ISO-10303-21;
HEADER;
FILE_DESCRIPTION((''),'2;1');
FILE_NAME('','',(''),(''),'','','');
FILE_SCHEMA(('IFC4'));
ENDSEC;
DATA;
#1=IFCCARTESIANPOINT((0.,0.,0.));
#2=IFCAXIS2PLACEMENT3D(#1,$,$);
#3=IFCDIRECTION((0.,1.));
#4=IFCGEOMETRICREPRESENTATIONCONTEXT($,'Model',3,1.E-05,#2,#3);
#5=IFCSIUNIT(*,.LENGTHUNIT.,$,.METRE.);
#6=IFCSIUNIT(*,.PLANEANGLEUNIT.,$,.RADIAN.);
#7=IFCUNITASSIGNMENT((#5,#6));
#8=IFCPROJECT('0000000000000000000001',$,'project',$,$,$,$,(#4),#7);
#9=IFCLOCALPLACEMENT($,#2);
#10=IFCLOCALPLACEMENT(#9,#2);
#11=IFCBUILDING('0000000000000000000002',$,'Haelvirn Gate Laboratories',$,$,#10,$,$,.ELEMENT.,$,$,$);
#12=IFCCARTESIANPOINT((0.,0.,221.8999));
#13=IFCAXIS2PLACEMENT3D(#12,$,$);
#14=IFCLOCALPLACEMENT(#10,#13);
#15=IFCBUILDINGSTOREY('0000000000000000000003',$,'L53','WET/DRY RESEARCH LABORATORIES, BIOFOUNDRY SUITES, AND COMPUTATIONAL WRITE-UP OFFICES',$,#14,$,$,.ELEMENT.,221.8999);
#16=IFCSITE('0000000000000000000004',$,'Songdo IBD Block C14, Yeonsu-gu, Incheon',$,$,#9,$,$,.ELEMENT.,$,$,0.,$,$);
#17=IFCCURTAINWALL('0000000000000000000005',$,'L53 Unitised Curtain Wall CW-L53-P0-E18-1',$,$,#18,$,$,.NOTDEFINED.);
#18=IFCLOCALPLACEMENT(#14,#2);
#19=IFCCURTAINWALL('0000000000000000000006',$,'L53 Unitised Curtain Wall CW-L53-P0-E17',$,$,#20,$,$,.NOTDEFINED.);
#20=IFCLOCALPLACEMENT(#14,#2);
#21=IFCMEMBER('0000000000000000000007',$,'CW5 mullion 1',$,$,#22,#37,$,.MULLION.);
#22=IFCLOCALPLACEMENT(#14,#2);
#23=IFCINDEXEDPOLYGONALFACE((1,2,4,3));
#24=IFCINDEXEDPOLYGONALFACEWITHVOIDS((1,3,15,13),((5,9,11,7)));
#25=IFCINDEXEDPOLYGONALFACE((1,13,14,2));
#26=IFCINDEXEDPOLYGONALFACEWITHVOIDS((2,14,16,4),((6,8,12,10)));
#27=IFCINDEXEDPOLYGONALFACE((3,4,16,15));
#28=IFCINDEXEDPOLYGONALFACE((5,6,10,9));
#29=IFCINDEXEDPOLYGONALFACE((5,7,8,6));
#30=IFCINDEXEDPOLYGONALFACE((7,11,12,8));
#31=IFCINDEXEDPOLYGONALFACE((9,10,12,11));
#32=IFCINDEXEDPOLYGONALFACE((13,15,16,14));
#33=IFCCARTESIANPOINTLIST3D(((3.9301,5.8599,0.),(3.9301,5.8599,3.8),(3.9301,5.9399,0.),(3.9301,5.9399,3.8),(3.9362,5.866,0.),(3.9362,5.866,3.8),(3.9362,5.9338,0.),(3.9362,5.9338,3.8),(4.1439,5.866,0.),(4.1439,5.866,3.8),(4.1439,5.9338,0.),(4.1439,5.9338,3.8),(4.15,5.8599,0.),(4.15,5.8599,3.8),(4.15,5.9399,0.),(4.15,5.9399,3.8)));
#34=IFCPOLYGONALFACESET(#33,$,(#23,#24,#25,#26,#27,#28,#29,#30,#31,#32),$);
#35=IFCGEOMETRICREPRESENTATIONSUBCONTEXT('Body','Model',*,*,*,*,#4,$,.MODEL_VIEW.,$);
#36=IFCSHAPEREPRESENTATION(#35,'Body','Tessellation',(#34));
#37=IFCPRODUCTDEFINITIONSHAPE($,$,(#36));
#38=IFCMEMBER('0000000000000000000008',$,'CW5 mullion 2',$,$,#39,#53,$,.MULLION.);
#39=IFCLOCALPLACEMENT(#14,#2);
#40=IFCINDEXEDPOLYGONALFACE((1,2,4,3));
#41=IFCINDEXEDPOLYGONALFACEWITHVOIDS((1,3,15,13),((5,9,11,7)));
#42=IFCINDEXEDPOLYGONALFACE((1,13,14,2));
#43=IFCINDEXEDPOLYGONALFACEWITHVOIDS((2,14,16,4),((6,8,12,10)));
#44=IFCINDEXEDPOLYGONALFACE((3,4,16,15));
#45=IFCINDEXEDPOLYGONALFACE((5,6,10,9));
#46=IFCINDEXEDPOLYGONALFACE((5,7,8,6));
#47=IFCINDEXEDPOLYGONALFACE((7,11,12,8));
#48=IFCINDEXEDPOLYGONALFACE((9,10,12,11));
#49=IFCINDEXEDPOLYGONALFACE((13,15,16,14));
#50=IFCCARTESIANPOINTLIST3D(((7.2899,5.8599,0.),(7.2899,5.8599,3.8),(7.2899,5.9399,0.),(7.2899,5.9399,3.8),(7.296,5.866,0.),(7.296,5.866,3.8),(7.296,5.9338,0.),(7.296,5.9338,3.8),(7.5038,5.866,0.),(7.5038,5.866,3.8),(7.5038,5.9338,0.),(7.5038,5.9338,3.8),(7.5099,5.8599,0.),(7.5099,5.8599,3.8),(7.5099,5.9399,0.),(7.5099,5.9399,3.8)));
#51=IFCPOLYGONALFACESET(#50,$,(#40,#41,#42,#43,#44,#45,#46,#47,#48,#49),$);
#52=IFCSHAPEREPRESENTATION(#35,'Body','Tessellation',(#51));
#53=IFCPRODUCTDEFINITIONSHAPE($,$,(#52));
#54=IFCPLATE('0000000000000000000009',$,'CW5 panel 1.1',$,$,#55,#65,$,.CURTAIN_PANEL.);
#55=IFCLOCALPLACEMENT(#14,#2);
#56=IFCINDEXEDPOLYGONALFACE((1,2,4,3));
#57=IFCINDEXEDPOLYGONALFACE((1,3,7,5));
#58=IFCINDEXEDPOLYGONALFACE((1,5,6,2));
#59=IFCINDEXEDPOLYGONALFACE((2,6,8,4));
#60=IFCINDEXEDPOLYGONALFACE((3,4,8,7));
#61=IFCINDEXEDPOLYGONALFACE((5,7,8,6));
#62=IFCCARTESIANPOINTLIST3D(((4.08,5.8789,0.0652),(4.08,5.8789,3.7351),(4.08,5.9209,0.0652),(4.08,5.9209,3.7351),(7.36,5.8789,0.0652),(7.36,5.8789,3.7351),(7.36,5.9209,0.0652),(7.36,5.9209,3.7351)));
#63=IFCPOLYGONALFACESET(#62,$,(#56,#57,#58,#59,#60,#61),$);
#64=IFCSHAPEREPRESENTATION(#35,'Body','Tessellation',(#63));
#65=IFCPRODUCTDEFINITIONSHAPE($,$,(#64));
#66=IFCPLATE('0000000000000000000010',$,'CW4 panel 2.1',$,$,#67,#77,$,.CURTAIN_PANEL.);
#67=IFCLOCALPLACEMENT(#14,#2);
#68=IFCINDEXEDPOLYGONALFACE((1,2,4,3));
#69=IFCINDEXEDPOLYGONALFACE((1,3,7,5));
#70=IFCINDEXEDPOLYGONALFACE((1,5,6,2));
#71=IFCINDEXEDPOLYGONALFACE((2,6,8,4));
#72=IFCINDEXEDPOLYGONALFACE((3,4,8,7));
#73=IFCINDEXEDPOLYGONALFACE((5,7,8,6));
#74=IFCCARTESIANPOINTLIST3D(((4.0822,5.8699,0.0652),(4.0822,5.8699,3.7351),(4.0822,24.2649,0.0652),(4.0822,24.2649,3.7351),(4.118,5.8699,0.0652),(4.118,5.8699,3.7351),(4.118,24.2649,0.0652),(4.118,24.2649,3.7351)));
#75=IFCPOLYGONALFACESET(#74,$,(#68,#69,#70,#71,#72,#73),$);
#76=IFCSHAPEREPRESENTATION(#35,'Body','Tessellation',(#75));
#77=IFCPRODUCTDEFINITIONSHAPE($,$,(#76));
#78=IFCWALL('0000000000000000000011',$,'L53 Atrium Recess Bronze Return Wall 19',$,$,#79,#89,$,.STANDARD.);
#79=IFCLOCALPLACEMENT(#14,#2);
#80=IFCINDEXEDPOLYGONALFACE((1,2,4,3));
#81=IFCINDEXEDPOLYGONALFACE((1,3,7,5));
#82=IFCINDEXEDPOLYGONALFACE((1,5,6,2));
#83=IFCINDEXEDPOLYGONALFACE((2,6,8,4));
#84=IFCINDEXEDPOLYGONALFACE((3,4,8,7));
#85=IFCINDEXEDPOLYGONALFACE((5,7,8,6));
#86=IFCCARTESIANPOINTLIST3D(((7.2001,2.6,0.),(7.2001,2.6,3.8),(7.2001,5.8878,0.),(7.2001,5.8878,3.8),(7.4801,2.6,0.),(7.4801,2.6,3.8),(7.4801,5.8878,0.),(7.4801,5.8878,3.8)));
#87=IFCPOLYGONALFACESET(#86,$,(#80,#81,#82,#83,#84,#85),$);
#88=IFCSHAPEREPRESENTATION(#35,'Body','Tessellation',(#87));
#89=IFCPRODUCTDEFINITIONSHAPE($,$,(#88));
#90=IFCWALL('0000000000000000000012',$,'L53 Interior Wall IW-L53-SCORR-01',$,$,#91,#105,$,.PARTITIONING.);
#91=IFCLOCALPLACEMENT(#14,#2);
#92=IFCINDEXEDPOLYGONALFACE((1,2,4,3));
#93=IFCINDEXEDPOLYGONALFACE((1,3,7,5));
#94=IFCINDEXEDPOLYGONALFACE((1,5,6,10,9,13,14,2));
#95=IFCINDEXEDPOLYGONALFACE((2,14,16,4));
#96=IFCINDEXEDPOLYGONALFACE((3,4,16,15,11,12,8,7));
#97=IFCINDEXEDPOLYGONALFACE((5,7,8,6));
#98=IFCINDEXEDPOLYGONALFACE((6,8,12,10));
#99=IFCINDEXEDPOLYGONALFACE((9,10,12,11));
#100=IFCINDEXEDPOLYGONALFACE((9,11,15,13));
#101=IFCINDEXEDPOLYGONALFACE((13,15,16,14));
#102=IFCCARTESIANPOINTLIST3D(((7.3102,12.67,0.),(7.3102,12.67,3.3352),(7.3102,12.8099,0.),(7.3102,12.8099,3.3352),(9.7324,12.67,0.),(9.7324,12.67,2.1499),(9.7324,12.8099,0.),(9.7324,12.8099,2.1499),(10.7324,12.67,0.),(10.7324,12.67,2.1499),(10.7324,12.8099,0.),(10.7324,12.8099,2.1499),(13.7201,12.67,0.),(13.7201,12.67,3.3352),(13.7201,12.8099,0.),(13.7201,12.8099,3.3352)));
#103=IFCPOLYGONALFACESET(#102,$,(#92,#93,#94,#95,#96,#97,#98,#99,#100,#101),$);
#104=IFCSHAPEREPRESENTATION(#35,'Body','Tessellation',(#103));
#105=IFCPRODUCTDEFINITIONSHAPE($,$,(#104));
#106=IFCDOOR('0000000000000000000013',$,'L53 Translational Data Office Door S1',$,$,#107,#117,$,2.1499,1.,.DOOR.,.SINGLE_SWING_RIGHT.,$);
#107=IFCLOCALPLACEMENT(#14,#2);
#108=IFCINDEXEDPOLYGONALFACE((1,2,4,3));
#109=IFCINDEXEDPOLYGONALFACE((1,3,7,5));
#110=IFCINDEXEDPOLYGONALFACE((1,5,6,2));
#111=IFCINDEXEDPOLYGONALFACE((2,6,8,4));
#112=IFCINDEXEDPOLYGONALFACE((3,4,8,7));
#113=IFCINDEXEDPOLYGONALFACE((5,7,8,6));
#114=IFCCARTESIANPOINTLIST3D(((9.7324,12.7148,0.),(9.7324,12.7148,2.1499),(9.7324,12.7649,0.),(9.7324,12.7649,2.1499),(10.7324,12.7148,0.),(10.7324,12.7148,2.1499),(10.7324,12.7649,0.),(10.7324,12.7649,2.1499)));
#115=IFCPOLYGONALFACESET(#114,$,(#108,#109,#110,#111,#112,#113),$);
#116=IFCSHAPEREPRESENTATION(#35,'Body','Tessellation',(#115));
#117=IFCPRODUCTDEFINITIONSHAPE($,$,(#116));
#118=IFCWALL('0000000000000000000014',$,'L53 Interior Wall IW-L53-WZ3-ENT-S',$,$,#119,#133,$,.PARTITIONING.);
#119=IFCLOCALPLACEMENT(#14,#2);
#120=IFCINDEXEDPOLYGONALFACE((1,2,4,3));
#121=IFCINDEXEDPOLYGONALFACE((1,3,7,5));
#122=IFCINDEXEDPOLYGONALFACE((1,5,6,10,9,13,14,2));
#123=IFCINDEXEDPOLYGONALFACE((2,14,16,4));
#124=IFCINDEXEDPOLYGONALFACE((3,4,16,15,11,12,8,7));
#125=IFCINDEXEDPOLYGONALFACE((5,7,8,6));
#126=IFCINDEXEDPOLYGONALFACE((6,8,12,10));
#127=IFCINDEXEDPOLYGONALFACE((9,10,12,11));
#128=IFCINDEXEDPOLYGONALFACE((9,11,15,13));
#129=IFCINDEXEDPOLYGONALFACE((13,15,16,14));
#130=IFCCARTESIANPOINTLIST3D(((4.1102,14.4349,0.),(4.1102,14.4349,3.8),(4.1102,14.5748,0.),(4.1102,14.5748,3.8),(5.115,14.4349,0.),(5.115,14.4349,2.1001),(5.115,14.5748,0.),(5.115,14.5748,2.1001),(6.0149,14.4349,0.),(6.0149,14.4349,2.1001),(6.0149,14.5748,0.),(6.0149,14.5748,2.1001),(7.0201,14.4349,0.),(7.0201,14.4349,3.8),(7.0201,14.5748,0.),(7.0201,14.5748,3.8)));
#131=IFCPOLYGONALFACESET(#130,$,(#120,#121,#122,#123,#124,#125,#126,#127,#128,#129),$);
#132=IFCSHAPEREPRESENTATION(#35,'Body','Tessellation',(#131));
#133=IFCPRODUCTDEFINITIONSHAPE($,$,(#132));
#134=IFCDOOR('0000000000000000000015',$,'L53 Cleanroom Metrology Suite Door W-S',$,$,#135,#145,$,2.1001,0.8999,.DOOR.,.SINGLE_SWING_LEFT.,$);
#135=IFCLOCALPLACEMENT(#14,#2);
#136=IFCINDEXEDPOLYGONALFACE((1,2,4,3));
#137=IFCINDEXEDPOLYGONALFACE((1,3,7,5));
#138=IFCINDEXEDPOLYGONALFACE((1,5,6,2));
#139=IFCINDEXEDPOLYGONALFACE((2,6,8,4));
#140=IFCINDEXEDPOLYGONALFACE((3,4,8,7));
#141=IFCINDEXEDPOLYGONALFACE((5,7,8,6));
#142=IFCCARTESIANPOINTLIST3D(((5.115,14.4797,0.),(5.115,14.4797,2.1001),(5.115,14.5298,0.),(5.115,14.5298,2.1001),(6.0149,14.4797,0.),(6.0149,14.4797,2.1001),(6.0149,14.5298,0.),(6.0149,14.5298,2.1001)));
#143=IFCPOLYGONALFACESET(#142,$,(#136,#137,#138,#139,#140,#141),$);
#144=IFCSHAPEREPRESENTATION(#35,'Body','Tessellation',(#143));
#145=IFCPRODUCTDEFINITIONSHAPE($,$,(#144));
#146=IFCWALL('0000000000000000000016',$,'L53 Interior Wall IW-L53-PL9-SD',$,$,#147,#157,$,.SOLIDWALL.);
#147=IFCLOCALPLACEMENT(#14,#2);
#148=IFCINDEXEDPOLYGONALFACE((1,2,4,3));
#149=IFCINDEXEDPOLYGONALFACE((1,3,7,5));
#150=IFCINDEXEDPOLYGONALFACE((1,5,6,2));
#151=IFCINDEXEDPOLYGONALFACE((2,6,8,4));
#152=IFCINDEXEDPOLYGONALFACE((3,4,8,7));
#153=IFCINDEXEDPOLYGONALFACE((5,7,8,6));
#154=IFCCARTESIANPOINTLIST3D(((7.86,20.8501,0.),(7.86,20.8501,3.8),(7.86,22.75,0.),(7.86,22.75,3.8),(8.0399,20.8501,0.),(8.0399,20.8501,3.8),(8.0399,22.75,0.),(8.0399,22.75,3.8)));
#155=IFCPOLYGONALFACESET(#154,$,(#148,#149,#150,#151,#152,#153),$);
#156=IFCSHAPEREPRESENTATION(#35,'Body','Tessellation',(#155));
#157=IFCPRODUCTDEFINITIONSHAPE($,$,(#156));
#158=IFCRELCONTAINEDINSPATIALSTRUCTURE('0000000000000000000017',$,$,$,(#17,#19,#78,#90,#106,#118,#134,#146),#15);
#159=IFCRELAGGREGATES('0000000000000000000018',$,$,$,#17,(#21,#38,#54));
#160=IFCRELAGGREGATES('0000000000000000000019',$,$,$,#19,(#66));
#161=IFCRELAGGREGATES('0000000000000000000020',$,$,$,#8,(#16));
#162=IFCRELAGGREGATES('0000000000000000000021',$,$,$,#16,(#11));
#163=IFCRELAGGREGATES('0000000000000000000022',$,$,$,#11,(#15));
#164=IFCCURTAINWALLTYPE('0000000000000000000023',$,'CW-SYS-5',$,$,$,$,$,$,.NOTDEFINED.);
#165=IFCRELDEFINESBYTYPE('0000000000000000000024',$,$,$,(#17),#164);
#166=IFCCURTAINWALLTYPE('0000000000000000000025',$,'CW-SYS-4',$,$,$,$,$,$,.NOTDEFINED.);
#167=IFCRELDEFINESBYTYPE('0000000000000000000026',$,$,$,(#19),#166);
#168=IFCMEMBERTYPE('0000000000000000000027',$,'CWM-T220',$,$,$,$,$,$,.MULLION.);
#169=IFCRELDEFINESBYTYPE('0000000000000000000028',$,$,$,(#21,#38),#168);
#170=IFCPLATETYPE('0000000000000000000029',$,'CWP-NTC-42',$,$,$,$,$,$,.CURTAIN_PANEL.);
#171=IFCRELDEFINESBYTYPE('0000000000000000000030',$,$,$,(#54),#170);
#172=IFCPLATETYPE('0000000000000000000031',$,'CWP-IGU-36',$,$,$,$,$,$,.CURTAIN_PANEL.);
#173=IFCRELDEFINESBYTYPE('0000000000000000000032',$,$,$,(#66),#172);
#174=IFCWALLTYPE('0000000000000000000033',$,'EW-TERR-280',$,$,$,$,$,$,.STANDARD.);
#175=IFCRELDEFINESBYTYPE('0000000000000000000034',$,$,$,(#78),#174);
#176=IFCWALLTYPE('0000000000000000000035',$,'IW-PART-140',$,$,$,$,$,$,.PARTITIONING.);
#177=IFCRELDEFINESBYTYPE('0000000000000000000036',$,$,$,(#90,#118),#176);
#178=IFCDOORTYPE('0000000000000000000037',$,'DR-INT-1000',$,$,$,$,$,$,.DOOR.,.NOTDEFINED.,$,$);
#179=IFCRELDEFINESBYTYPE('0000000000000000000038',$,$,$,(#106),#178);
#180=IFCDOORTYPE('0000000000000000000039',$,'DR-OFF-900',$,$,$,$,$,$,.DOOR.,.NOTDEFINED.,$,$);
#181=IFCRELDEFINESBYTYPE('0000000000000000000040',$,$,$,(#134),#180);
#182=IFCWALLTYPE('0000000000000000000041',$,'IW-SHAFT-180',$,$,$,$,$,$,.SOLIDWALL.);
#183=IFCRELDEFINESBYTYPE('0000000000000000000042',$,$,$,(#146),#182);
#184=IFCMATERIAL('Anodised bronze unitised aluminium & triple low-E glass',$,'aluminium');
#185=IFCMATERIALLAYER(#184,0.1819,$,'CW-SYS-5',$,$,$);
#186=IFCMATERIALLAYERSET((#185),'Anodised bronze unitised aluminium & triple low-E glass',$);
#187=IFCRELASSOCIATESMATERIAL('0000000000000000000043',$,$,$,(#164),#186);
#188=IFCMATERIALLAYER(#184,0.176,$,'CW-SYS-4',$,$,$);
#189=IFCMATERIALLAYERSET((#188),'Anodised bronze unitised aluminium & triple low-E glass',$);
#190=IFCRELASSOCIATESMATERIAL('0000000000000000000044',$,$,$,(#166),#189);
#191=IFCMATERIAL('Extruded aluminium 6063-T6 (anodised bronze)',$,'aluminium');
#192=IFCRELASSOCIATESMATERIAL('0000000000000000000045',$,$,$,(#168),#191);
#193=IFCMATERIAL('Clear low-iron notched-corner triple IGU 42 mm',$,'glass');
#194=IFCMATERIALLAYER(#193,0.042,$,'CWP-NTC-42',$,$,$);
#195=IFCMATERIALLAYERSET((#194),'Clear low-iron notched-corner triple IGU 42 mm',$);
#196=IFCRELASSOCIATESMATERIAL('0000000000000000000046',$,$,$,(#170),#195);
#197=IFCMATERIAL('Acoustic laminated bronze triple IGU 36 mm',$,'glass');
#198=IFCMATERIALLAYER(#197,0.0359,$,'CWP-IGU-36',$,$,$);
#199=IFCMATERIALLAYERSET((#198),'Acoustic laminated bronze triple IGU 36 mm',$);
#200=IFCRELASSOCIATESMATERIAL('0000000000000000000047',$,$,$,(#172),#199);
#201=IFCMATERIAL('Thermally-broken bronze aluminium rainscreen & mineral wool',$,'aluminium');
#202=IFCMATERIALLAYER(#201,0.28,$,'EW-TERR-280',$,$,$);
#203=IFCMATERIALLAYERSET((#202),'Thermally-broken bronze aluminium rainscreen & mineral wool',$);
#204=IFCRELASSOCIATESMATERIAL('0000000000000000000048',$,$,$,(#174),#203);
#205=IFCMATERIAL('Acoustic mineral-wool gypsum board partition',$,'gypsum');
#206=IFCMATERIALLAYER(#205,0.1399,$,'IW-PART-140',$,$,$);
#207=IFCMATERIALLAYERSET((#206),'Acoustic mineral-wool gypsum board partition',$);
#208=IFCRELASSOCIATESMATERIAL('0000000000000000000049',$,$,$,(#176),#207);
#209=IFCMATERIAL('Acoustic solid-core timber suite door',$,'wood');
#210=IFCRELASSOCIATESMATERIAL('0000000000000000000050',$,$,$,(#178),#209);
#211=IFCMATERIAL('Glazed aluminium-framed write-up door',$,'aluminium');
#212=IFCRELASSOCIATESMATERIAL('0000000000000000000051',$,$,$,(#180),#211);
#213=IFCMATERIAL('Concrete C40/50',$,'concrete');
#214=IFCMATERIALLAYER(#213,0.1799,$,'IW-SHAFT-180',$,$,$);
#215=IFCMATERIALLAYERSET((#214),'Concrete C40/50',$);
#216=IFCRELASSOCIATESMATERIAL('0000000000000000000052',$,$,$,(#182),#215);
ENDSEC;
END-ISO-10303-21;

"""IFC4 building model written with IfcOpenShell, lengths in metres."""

from ifc_helpers import new_model, si_unit, direction, frame, frame_2d, origin, origin_2d, place, context, subcontext, project, spatial, rectangle, hollow_rectangle, extrude, source, transform, mapped, material, layer, layer_set, material_profile, profile_set, type_object, type_shapes, element, fill, aggregate, save


model = new_model("IFC4")

# Units and contexts
model_context = context("Model", 3, precision=1e-05, world=origin(), true_north=direction((0.0, 1.0)))
body_context = subcontext(model_context, "Body", "Model", "MODEL_VIEW")
ifc_project = project(units=[si_unit("LENGTHUNIT", "METRE"), si_unit("PLANEANGLEUNIT", "RADIAN")], contexts=[model_context])

# Site, building, storey
site_placement = place(None, origin())
site = spatial("IfcSite", under=ifc_project, at=site_placement, Name="Songdo IBD Block C14, Yeonsu-gu, Incheon", CompositionType="ELEMENT", RefElevation=0.0)
building_placement = place(site_placement, origin())
building = spatial("IfcBuilding", under=site, at=building_placement, Name="Haelvirn Gate Laboratories", CompositionType="ELEMENT")
storey_placement = place(building_placement, frame((0.0, 0.0, 221.8999)))
storey = spatial("IfcBuildingStorey", under=building, at=storey_placement, Name="L53", Description="WET/DRY RESEARCH LABORATORIES, BIOFOUNDRY SUITES, AND COMPUTATIONAL WRITE-UP OFFICES", CompositionType="ELEMENT", Elevation=221.8999)

# Curtain wall
ifc_material_1 = material(Name="Anodised bronze unitised aluminium & triple low-E glass", Category="aluminium")
ifc_layer_1 = layer(ifc_material_1, 0.1819, Name="CW-SYS-5")
ifc_layer_set_1 = layer_set([ifc_layer_1], Name="Anodised bronze unitised aluminium & triple low-E glass")
curtain_wall_type_1 = type_object("IfcCurtainWallType", Name="CW-SYS-5", PredefinedType="NOTDEFINED", material=ifc_layer_set_1)
curtain_wall_1_placement = place(storey_placement, origin())
curtain_wall_1 = element("IfcCurtainWall", 1, at=curtain_wall_1_placement, inside=storey, type_object=curtain_wall_type_1, Name="L53 Unitised Curtain Wall CW-L53-P0-E18-1", PredefinedType="NOTDEFINED")
ifc_material_2 = material(Name="Extruded aluminium 6063-T6 (anodised bronze)", Category="aluminium")

# Curtain wall
ifc_layer_2 = layer(ifc_material_1, 0.176, Name="CW-SYS-4")
ifc_layer_set_2 = layer_set([ifc_layer_2], Name="Anodised bronze unitised aluminium & triple low-E glass")
curtain_wall_type_2 = type_object("IfcCurtainWallType", Name="CW-SYS-4", PredefinedType="NOTDEFINED", material=ifc_layer_set_2)
curtain_wall_2_placement = place(storey_placement, origin())
curtain_wall_2 = element("IfcCurtainWall", 2, at=curtain_wall_2_placement, inside=storey, type_object=curtain_wall_type_2, Name="L53 Unitised Curtain Wall CW-L53-P0-E17", PredefinedType="NOTDEFINED")

# Members
ifc_material_profile_1 = material_profile(ifc_material_2, hollow_rectangle(XDim=0.0801, YDim=0.22, WallThickness=0.0061, at=origin_2d()), Name="CWM-220x80x6")
ifc_profile_set_1 = profile_set([ifc_material_profile_1], Name="Extruded aluminium 6063-T6 (anodised bronze)")
member_type_1 = type_object("IfcMemberType", Name="CWM-T220", PredefinedType="MULLION", material=ifc_profile_set_1)
shared_shape_1 = source(origin(), body_context, "Body", "SweptSolid", [
    extrude(hollow_rectangle(XDim=0.0801, YDim=0.22, WallThickness=0.0061, at=origin_2d()), origin(), (0.0, 0.0, 1.0), 3.8),
])
type_shapes(member_type_1, [shared_shape_1])
member_1_placement = place(storey_placement, frame((4.04, 5.8999, 0.0), z_axis=(0.0, 0.0, 1.0), x_axis=(0.0, 1.0, 0.0)))
member_1 = element("IfcMember", 3, at=member_1_placement, type_object=member_type_1, Name="CW5 mullion 1", PredefinedType="MULLION", context=body_context, shape_type="MappedRepresentation", body=[
    mapped(shared_shape_1, transform((0.0, 0.0, 0.0), scale=1.0)),
])
member_2_placement = place(storey_placement, frame((7.3999, 5.8999, 0.0), z_axis=(0.0, 0.0, 1.0), x_axis=(0.0, 1.0, 0.0)))
member_2 = element("IfcMember", 4, at=member_2_placement, type_object=member_type_1, Name="CW5 mullion 2", PredefinedType="MULLION", context=body_context, shape_type="MappedRepresentation", body=[
    mapped(shared_shape_1, transform((0.0, 0.0, 0.0), scale=1.0)),
])

# Plates
ifc_material_3 = material(Name="Clear low-iron notched-corner triple IGU 42 mm", Category="glass")
ifc_layer_3 = layer(ifc_material_3, 0.042, Name="CWP-NTC-42")
ifc_layer_set_3 = layer_set([ifc_layer_3], Name="Clear low-iron notched-corner triple IGU 42 mm")
plate_type_1 = type_object("IfcPlateType", Name="CWP-NTC-42", PredefinedType="CURTAIN_PANEL", material=ifc_layer_set_3)
shared_shape_2 = source(origin(), body_context, "Body", "SweptSolid", [
    extrude(rectangle(XDim=3.28, YDim=0.042, at=origin_2d()), origin(), (0.0, 0.0, 1.0), 3.6699),
])
type_shapes(plate_type_1, [shared_shape_2])
plate_1_placement = place(storey_placement, frame((5.72, 5.8999, 0.0652), z_axis=(0.0, 0.0, 1.0), x_axis=(1.0, 0.0, 0.0)))
plate_1 = element("IfcPlate", 5, at=plate_1_placement, type_object=plate_type_1, Name="CW5 panel 1.1", PredefinedType="CURTAIN_PANEL", context=body_context, shape_type="MappedRepresentation", body=[
    mapped(shared_shape_2, transform((0.0, 0.0, 0.0), scale=1.0)),
])
aggregate(curtain_wall_1, [member_1, member_2, plate_1])
ifc_material_4 = material(Name="Acoustic laminated bronze triple IGU 36 mm", Category="glass")
ifc_layer_4 = layer(ifc_material_4, 0.0359, Name="CWP-IGU-36")
ifc_layer_set_4 = layer_set([ifc_layer_4], Name="Acoustic laminated bronze triple IGU 36 mm")
plate_type_2 = type_object("IfcPlateType", Name="CWP-IGU-36", PredefinedType="CURTAIN_PANEL", material=ifc_layer_set_4)
shared_shape_3 = source(origin(), body_context, "Body", "SweptSolid", [
    extrude(rectangle(XDim=18.395, YDim=0.0359, at=origin_2d()), origin(), (0.0, 0.0, 1.0), 3.6699),
])
type_shapes(plate_type_2, [shared_shape_3])
plate_2_placement = place(storey_placement, frame((4.1001, 15.0674, 0.0652), z_axis=(0.0, 0.0, 1.0), x_axis=(0.0, -1.0, 0.0)))
plate_2 = element("IfcPlate", 6, at=plate_2_placement, type_object=plate_type_2, Name="CW4 panel 2.1", PredefinedType="CURTAIN_PANEL", context=body_context, shape_type="MappedRepresentation", body=[
    mapped(shared_shape_3, transform((0.0, 0.0, 0.0), scale=1.0)),
])
aggregate(curtain_wall_2, [plate_2])

# Wall
ifc_material_5 = material(Name="Thermally-broken bronze aluminium rainscreen & mineral wool", Category="aluminium")
ifc_layer_5 = layer(ifc_material_5, 0.28, Name="EW-TERR-280")
ifc_layer_set_5 = layer_set([ifc_layer_5], Name="Thermally-broken bronze aluminium rainscreen & mineral wool")
wall_type_1 = type_object("IfcWallType", Name="EW-TERR-280", PredefinedType="STANDARD", material=ifc_layer_set_5)
wall_1_placement = place(storey_placement, frame((7.3401, 5.8879, 0.0), z_axis=(0.0, 0.0, 1.0), x_axis=(0.0, -1.0, 0.0)))
element("IfcWall", 7, at=wall_1_placement, inside=storey, type_object=wall_type_1, Name="L53 Atrium Recess Bronze Return Wall 19", PredefinedType="STANDARD", context=body_context, shape_type="SweptSolid", body=[
    extrude(rectangle(XDim=3.2878, YDim=0.28, at=frame_2d((1.644, 0.0))), origin(), (0.0, 0.0, 1.0), 3.8),
])

# Walls, openings, doors
ifc_material_6 = material(Name="Acoustic mineral-wool gypsum board partition", Category="gypsum")
ifc_layer_6 = layer(ifc_material_6, 0.1399, Name="IW-PART-140")
ifc_layer_set_6 = layer_set([ifc_layer_6], Name="Acoustic mineral-wool gypsum board partition")
wall_type_2 = type_object("IfcWallType", Name="IW-PART-140", PredefinedType="PARTITIONING", material=ifc_layer_set_6)
wall_2_placement = place(storey_placement, frame((7.3101, 12.74, 0.0), z_axis=(0.0, 0.0, 1.0), x_axis=(1.0, 0.0, 0.0)))
wall_2 = element("IfcWall", 8, at=wall_2_placement, inside=storey, type_object=wall_type_2, Name="L53 Interior Wall IW-L53-SCORR-01", PredefinedType="PARTITIONING", context=body_context, shape_type="SweptSolid", body=[
    extrude(rectangle(XDim=6.4099, YDim=0.1399, at=frame_2d((3.2051, 0.0))), origin(), (0.0, 0.0, 1.0), 3.3352),
])
opening_1_placement = place(wall_2_placement, frame((2.4224, 0.0, 0.0)))
opening_1 = element("IfcOpeningElement", 9, at=opening_1_placement, cuts=wall_2, PredefinedType="OPENING", context=body_context, shape_type="SweptSolid", body=[
    extrude(rectangle(XDim=1.0, YDim=2.1499, at=frame_2d((0.5, 1.075))), frame((0.0, 0.0801, 0.0), z_axis=(0.0, -1.0, 0.0), x_axis=(1.0, 0.0, 0.0)), (0.0, 0.0, 1.0), 0.1599),
])
ifc_material_7 = material(Name="Acoustic solid-core timber suite door", Category="wood")
door_type_1 = type_object("IfcDoorType", Name="DR-INT-1000", OperationType="NOTDEFINED", PredefinedType="DOOR", material=ifc_material_7)
shared_shape_4 = source(origin(), body_context, "Body", "SweptSolid", [
    extrude(rectangle(XDim=1.0, YDim=2.1499, at=frame_2d((0.5, 1.075))), frame((0.0, 0.0249, 0.0), z_axis=(0.0, -1.0, 0.0), x_axis=(1.0, 0.0, 0.0)), (0.0, 0.0, 1.0), 0.05),
])
type_shapes(door_type_1, [shared_shape_4])
door_1_placement = place(opening_1_placement, origin())
door_1 = element("IfcDoor", 10, at=door_1_placement, inside=storey, type_object=door_type_1, Name="L53 Translational Data Office Door S1", OperationType="SINGLE_SWING_RIGHT", OverallHeight=2.1499, OverallWidth=1.0, PredefinedType="DOOR", context=body_context, shape_type="MappedRepresentation", body=[
    mapped(shared_shape_4, transform((0.0, 0.0, 0.0), scale=1.0)),
])
fill(opening_1, door_1)
wall_3_placement = place(storey_placement, frame((4.1101, 14.5049, 0.0), z_axis=(0.0, 0.0, 1.0), x_axis=(1.0, 0.0, 0.0)))
wall_3 = element("IfcWall", 11, at=wall_3_placement, inside=storey, type_object=wall_type_2, Name="L53 Interior Wall IW-L53-WZ3-ENT-S", PredefinedType="PARTITIONING", context=body_context, shape_type="SweptSolid", body=[
    extrude(rectangle(XDim=2.9099, YDim=0.1399, at=frame_2d((1.4551, 0.0))), origin(), (0.0, 0.0, 1.0), 3.8),
])
opening_2_placement = place(wall_3_placement, frame((1.0049, 0.0, 0.0)))
opening_2 = element("IfcOpeningElement", 12, at=opening_2_placement, cuts=wall_3, PredefinedType="OPENING", context=body_context, shape_type="SweptSolid", body=[
    extrude(rectangle(XDim=0.8999, YDim=2.1001, at=frame_2d((0.45, 1.05))), frame((0.0, 0.0801, 0.0), z_axis=(0.0, -1.0, 0.0), x_axis=(1.0, 0.0, 0.0)), (0.0, 0.0, 1.0), 0.1599),
])
ifc_material_8 = material(Name="Glazed aluminium-framed write-up door", Category="aluminium")
door_type_2 = type_object("IfcDoorType", Name="DR-OFF-900", OperationType="NOTDEFINED", PredefinedType="DOOR", material=ifc_material_8)
shared_shape_5 = source(origin(), body_context, "Body", "SweptSolid", [
    extrude(rectangle(XDim=0.8999, YDim=2.1001, at=frame_2d((0.45, 1.05))), frame((0.0, 0.0249, 0.0), z_axis=(0.0, -1.0, 0.0), x_axis=(1.0, 0.0, 0.0)), (0.0, 0.0, 1.0), 0.05),
])
type_shapes(door_type_2, [shared_shape_5])
door_2_placement = place(opening_2_placement, origin())
door_2 = element("IfcDoor", 13, at=door_2_placement, inside=storey, type_object=door_type_2, Name="L53 Cleanroom Metrology Suite Door W-S", OperationType="SINGLE_SWING_LEFT", OverallHeight=2.1001, OverallWidth=0.8999, PredefinedType="DOOR", context=body_context, shape_type="MappedRepresentation", body=[
    mapped(shared_shape_5, transform((0.0, 0.0, 0.0), scale=1.0)),
])
fill(opening_2, door_2)

# Wall
ifc_material_9 = material(Name="Concrete C40/50", Category="concrete")
ifc_layer_7 = layer(ifc_material_9, 0.1799, Name="IW-SHAFT-180")
ifc_layer_set_7 = layer_set([ifc_layer_7], Name="Concrete C40/50")
wall_type_3 = type_object("IfcWallType", Name="IW-SHAFT-180", PredefinedType="SOLIDWALL", material=ifc_layer_set_7)
wall_4_placement = place(storey_placement, frame((7.95, 20.8501, 0.0), z_axis=(0.0, 0.0, 1.0), x_axis=(0.0, 1.0, 0.0)))
element("IfcWall", 14, at=wall_4_placement, inside=storey, type_object=wall_type_3, Name="L53 Interior Wall IW-L53-PL9-SD", PredefinedType="SOLIDWALL", context=body_context, shape_type="SweptSolid", body=[
    extrude(rectangle(XDim=1.8999, YDim=0.1799, at=frame_2d((0.95, 0.0))), origin(), (0.0, 0.0, 1.0), 3.8),
])

save(model, "model.ifc")
